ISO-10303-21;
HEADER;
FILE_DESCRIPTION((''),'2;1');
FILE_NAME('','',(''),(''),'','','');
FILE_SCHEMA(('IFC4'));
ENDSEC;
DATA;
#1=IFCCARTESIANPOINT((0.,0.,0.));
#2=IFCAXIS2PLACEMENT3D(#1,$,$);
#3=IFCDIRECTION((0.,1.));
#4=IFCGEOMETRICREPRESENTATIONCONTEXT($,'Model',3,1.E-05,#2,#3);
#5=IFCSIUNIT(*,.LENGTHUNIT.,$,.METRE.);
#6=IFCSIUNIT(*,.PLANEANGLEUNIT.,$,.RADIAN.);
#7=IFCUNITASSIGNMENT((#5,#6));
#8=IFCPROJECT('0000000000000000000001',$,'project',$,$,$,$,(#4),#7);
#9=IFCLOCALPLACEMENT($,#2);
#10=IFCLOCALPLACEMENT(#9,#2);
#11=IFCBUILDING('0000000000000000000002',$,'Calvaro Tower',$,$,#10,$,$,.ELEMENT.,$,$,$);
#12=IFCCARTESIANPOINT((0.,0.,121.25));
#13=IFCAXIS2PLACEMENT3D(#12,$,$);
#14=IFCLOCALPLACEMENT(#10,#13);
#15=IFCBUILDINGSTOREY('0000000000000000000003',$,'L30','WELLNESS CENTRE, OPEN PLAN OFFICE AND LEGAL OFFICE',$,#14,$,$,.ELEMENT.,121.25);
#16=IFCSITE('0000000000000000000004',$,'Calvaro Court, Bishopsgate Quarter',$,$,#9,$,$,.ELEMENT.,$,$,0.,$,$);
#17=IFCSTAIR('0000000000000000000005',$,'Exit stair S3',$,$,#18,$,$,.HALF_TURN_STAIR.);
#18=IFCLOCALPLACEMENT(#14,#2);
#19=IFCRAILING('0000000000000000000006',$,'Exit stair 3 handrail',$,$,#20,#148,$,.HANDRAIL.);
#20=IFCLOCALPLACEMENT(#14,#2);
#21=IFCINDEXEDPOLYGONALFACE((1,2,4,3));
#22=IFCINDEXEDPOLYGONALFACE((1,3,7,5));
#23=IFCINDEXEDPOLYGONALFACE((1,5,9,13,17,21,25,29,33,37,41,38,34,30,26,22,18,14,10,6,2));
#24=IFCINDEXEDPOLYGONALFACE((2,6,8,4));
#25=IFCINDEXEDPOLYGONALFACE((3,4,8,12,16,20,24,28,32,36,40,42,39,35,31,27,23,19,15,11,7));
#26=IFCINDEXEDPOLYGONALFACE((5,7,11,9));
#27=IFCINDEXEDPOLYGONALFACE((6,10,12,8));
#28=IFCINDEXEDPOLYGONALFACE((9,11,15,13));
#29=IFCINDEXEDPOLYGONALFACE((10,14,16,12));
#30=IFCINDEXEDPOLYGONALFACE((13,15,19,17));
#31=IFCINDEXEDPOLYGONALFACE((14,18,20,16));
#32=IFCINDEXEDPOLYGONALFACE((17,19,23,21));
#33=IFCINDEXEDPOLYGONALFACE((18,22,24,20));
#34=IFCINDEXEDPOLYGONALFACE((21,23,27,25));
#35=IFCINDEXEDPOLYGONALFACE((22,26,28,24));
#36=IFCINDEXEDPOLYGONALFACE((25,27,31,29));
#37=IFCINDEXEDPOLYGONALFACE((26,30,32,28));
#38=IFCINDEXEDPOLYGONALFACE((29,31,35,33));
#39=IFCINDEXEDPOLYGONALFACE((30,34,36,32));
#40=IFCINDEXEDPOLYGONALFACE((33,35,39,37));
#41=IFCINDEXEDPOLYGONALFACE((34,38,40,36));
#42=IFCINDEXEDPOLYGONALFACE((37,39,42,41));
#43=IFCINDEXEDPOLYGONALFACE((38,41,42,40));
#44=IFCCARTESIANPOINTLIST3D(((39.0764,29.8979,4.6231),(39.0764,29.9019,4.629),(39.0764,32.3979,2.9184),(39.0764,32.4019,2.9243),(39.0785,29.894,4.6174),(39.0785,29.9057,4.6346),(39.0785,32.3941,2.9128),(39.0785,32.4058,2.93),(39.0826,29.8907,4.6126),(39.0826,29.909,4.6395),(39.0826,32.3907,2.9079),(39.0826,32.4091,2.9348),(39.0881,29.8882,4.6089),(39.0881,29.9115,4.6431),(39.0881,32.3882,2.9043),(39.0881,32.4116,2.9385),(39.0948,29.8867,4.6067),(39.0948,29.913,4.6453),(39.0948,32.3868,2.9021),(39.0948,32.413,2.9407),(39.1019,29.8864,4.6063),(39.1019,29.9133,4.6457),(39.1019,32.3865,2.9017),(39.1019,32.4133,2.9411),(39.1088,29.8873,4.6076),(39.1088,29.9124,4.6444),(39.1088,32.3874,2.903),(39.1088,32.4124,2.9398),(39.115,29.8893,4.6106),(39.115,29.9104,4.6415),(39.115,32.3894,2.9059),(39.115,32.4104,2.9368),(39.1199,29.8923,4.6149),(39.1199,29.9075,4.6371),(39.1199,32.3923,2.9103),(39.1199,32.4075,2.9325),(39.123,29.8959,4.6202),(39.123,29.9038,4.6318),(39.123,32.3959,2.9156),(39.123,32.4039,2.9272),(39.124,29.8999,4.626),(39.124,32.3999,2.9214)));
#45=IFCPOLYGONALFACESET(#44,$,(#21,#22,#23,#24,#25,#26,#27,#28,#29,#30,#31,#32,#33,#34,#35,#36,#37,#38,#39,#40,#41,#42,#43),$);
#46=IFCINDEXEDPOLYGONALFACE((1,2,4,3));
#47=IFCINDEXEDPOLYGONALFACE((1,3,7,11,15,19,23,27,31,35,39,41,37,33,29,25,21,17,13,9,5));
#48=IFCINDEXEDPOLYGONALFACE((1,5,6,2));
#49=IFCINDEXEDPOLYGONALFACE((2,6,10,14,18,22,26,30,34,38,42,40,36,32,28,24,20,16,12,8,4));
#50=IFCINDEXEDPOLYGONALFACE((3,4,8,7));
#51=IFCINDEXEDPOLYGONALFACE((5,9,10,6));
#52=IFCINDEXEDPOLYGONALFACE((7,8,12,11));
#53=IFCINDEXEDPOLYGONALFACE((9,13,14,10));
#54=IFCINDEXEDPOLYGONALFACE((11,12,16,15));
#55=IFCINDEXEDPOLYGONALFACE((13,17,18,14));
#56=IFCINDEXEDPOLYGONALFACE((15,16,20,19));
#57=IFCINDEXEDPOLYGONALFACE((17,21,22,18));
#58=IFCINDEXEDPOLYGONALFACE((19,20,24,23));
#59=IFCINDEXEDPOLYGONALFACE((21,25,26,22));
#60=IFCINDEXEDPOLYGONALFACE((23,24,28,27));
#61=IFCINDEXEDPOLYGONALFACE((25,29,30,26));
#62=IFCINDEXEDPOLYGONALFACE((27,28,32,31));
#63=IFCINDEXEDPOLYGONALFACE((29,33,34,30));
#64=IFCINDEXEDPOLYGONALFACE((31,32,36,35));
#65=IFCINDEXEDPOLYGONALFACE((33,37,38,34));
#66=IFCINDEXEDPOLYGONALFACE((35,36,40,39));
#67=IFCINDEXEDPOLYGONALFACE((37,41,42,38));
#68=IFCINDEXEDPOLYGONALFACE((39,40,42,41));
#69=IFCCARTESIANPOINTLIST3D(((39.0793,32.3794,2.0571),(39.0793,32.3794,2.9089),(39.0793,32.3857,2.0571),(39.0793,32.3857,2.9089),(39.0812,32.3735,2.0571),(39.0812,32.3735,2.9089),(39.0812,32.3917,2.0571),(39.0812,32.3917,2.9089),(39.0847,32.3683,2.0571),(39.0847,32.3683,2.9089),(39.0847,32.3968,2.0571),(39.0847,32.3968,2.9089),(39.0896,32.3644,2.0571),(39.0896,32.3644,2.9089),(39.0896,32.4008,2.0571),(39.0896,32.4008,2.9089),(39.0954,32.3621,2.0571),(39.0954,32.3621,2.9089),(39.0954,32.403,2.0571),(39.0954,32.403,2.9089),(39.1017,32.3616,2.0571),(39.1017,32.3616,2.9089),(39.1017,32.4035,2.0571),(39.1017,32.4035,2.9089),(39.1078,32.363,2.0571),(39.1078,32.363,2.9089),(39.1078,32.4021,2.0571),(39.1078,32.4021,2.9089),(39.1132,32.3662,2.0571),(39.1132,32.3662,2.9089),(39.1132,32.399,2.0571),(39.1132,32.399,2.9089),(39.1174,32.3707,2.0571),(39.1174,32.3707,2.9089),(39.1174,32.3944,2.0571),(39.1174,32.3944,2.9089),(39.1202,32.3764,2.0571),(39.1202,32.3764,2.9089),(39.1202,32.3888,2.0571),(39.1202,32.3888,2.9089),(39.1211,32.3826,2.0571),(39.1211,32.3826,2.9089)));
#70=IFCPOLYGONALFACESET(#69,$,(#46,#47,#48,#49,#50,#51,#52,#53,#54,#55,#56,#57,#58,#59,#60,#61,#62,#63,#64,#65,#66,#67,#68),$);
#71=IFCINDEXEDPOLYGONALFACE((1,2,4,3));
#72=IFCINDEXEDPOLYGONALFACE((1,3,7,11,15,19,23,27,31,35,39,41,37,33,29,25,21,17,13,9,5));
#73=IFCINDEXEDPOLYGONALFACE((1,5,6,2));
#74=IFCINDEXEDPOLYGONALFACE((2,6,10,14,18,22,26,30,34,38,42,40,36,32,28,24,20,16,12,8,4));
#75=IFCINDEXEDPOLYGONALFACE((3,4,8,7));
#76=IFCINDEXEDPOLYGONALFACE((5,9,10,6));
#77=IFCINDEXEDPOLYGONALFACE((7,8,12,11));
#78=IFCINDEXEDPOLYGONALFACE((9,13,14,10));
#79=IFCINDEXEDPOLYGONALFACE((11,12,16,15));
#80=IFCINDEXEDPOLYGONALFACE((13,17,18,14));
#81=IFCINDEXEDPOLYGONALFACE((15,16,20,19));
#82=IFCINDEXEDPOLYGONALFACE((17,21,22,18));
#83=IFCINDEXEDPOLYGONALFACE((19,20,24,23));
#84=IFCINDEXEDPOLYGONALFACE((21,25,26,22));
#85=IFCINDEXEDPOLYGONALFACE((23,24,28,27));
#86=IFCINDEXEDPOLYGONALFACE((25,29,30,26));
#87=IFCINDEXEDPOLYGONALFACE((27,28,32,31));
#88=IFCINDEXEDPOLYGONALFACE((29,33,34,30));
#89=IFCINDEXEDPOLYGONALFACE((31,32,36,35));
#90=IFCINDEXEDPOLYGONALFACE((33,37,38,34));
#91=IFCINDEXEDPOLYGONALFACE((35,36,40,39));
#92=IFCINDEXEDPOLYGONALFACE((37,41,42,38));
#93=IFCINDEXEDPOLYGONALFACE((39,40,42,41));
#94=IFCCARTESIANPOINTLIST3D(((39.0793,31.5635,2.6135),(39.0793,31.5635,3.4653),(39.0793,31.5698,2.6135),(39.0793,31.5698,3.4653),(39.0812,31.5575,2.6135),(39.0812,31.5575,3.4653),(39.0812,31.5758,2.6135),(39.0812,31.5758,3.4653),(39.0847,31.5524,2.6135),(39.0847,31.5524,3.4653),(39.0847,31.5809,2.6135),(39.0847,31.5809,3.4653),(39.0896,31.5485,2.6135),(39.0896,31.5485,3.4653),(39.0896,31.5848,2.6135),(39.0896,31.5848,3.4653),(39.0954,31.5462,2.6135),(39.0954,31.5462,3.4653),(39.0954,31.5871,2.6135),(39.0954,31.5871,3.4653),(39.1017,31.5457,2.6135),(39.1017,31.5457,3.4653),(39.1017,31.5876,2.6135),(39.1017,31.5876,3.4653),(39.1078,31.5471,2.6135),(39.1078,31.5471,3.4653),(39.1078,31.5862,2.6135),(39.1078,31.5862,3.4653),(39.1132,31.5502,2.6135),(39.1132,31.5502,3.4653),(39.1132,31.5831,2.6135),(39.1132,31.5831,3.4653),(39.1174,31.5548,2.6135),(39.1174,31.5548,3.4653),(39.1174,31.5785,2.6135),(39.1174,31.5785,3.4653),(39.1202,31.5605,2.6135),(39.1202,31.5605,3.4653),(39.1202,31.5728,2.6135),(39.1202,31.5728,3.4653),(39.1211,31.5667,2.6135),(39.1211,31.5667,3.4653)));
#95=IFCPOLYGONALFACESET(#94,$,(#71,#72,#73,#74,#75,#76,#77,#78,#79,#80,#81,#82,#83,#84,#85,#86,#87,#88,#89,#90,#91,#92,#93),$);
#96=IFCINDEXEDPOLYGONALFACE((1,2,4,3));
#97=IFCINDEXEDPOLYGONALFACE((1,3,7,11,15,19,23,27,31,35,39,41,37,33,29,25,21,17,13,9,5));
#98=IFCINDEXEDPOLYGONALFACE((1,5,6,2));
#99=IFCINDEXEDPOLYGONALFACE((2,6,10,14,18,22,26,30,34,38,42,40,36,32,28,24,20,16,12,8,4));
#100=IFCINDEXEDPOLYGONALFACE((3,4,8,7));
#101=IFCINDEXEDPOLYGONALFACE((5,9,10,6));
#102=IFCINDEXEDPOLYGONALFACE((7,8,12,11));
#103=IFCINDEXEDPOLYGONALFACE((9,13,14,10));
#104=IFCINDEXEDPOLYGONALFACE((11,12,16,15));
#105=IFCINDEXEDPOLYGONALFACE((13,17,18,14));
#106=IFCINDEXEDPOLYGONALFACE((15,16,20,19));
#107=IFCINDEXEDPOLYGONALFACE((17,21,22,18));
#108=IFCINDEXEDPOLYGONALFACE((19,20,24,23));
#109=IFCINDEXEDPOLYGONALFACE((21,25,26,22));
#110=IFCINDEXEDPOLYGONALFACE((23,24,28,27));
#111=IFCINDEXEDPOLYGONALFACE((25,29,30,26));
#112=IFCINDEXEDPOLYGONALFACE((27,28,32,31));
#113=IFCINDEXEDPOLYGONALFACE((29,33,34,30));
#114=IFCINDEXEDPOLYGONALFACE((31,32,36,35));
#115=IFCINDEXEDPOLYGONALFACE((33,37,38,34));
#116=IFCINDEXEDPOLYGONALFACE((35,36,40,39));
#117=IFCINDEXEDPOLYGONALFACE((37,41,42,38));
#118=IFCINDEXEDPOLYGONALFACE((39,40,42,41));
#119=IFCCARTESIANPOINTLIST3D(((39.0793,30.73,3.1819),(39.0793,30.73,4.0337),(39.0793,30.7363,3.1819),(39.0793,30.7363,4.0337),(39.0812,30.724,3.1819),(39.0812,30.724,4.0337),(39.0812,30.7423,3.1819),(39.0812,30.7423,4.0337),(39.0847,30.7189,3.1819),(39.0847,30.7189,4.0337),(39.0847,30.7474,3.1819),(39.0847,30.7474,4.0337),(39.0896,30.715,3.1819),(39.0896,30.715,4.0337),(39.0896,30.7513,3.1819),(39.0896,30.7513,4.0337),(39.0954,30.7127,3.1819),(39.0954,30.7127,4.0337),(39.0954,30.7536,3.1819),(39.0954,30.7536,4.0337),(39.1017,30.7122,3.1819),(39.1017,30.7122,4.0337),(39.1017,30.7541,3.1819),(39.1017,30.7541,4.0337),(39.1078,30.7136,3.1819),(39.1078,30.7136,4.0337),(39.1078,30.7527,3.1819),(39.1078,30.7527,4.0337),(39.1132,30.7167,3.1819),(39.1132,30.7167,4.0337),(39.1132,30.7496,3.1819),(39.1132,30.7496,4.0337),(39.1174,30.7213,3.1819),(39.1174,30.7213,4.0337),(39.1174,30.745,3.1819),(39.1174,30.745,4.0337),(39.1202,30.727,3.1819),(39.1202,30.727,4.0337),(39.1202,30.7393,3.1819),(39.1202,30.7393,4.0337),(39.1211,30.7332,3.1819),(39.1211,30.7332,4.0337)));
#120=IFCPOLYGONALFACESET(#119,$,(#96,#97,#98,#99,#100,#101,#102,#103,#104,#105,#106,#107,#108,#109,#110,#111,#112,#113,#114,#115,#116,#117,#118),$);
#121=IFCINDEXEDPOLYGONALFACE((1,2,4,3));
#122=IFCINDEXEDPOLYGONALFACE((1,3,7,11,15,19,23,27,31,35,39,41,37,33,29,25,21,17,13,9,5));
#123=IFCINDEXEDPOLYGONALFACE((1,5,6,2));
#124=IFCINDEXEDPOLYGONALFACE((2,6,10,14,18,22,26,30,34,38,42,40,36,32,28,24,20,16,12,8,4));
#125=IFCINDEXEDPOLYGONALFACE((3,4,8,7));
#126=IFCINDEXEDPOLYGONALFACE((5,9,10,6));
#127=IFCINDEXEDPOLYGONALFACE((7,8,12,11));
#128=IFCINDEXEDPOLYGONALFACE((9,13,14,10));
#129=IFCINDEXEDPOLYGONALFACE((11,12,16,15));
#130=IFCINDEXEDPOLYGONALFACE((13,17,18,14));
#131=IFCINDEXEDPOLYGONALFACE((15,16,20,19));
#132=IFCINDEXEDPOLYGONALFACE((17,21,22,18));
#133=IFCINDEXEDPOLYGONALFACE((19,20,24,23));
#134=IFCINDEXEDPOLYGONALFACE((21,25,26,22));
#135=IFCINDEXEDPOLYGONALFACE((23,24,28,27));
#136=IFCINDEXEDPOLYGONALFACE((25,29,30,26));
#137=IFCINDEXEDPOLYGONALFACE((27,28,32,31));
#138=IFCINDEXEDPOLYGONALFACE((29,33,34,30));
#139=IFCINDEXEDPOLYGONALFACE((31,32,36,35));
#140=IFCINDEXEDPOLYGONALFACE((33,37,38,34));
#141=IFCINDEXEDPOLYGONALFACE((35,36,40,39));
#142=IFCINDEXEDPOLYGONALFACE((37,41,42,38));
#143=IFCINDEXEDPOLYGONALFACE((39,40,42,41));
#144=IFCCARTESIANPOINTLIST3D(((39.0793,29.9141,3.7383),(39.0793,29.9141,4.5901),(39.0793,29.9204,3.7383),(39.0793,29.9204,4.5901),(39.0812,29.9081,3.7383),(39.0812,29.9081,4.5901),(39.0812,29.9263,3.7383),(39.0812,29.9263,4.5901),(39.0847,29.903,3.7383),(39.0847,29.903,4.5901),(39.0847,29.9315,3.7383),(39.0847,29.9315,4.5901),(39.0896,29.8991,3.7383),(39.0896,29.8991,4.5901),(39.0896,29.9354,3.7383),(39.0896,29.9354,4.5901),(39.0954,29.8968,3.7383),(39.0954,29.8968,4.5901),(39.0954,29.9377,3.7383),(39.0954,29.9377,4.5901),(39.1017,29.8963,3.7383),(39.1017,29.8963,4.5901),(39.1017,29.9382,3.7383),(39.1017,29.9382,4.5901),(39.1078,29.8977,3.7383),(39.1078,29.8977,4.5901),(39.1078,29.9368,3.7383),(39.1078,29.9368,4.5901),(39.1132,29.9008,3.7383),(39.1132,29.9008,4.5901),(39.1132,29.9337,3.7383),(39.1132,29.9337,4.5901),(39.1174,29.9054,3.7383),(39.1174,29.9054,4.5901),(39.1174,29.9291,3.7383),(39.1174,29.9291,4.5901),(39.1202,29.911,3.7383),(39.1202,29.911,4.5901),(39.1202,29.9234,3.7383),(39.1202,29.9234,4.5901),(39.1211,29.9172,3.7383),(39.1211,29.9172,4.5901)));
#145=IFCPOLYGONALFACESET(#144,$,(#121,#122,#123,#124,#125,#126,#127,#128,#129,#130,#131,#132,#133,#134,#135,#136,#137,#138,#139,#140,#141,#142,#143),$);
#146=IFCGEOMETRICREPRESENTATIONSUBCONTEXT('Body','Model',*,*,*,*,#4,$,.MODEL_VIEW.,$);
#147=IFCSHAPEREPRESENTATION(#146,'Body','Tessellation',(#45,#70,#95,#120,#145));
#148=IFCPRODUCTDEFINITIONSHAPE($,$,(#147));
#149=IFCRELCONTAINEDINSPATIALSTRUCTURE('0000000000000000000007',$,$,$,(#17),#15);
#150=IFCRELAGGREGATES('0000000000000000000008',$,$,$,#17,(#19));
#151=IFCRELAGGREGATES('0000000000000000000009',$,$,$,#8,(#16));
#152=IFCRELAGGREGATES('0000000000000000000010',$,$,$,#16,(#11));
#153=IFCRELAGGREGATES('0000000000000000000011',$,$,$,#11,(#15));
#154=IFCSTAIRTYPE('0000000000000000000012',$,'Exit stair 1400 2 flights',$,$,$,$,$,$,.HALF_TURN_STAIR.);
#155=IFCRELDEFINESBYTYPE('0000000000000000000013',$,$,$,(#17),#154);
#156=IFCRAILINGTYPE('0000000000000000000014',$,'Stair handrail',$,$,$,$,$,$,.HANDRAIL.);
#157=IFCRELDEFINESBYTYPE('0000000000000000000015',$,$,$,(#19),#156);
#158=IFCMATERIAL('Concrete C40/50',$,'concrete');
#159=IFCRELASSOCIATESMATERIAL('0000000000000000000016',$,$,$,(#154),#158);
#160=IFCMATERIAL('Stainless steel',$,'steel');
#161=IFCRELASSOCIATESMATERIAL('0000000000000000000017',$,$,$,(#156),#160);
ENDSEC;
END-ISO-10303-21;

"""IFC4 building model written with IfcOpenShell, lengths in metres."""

from ifc_helpers import new_model, si_unit, direction, frame, origin, origin_2d, place, context, subcontext, project, spatial, circle, extrude, material, type_object, element, aggregate, save


model = new_model("IFC4")

# Units and contexts
model_context = context("Model", 3, precision=1e-05, world=origin(), true_north=direction((0.0, 1.0)))
body_context = subcontext(model_context, "Body", "Model", "MODEL_VIEW")
ifc_project = project(units=[si_unit("LENGTHUNIT", "METRE"), si_unit("PLANEANGLEUNIT", "RADIAN")], contexts=[model_context])

# Site, building, storey
site_placement = place(None, origin())
site = spatial("IfcSite", under=ifc_project, at=site_placement, Name="Calvaro Court, Bishopsgate Quarter", CompositionType="ELEMENT", RefElevation=0.0)
building_placement = place(site_placement, origin())
building = spatial("IfcBuilding", under=site, at=building_placement, Name="Calvaro Tower", CompositionType="ELEMENT")
storey_placement = place(building_placement, frame((0.0, 0.0, 121.25)))
storey = spatial("IfcBuildingStorey", under=building, at=storey_placement, Name="L30", Description="WELLNESS CENTRE, OPEN PLAN OFFICE AND LEGAL OFFICE", CompositionType="ELEMENT", Elevation=121.25)

# Stair
ifc_material_1 = material(Name="Concrete C40/50", Category="concrete")
stair_type = type_object("IfcStairType", Name="Exit stair 1400 2 flights", PredefinedType="HALF_TURN_STAIR", material=ifc_material_1)
stair_1_placement = place(storey_placement, origin())
stair_1 = element("IfcStair", 1, at=stair_1_placement, inside=storey, type_object=stair_type, Name="Exit stair S3", PredefinedType="HALF_TURN_STAIR")

# Railing
ifc_material_2 = material(Name="Stainless steel", Category="steel")
railing_type = type_object("IfcRailingType", Name="Stair handrail", PredefinedType="HANDRAIL", material=ifc_material_2)
railing_1_placement = place(storey_placement, frame((39.1001, 32.3999, 2.0454)))
railing_1 = element("IfcRailing", 2, at=railing_1_placement, type_object=railing_type, Name="Exit stair 3 handrail", PredefinedType="HANDRAIL", context=body_context, shape_type="SweptSolid", body=[
    extrude(circle(Radius=0.0239, at=origin_2d()), frame((0.0, 0.0, 0.876), z_axis=(0.0, -0.826221, 0.563347), x_axis=(1.0, 0.0, 0.0)), (0.0, 0.0, 1.0), 3.0259),
    extrude(circle(Radius=0.021, at=origin_2d()), frame((0.0, -0.0173, 0.0117)), (0.0, 0.0, 1.0), 0.8518),
    extrude(circle(Radius=0.021, at=origin_2d()), frame((0.0, -0.8333, 0.5681)), (0.0, 0.0, 1.0), 0.8518),
    extrude(circle(Radius=0.021, at=origin_2d()), frame((0.0, -1.6667, 1.1365)), (0.0, 0.0, 1.0), 0.8518),
    extrude(circle(Radius=0.021, at=origin_2d()), frame((0.0, -2.4827, 1.6929)), (0.0, 0.0, 1.0), 0.8518),
])
aggregate(stair_1, [railing_1])

save(model, "model.ifc")
